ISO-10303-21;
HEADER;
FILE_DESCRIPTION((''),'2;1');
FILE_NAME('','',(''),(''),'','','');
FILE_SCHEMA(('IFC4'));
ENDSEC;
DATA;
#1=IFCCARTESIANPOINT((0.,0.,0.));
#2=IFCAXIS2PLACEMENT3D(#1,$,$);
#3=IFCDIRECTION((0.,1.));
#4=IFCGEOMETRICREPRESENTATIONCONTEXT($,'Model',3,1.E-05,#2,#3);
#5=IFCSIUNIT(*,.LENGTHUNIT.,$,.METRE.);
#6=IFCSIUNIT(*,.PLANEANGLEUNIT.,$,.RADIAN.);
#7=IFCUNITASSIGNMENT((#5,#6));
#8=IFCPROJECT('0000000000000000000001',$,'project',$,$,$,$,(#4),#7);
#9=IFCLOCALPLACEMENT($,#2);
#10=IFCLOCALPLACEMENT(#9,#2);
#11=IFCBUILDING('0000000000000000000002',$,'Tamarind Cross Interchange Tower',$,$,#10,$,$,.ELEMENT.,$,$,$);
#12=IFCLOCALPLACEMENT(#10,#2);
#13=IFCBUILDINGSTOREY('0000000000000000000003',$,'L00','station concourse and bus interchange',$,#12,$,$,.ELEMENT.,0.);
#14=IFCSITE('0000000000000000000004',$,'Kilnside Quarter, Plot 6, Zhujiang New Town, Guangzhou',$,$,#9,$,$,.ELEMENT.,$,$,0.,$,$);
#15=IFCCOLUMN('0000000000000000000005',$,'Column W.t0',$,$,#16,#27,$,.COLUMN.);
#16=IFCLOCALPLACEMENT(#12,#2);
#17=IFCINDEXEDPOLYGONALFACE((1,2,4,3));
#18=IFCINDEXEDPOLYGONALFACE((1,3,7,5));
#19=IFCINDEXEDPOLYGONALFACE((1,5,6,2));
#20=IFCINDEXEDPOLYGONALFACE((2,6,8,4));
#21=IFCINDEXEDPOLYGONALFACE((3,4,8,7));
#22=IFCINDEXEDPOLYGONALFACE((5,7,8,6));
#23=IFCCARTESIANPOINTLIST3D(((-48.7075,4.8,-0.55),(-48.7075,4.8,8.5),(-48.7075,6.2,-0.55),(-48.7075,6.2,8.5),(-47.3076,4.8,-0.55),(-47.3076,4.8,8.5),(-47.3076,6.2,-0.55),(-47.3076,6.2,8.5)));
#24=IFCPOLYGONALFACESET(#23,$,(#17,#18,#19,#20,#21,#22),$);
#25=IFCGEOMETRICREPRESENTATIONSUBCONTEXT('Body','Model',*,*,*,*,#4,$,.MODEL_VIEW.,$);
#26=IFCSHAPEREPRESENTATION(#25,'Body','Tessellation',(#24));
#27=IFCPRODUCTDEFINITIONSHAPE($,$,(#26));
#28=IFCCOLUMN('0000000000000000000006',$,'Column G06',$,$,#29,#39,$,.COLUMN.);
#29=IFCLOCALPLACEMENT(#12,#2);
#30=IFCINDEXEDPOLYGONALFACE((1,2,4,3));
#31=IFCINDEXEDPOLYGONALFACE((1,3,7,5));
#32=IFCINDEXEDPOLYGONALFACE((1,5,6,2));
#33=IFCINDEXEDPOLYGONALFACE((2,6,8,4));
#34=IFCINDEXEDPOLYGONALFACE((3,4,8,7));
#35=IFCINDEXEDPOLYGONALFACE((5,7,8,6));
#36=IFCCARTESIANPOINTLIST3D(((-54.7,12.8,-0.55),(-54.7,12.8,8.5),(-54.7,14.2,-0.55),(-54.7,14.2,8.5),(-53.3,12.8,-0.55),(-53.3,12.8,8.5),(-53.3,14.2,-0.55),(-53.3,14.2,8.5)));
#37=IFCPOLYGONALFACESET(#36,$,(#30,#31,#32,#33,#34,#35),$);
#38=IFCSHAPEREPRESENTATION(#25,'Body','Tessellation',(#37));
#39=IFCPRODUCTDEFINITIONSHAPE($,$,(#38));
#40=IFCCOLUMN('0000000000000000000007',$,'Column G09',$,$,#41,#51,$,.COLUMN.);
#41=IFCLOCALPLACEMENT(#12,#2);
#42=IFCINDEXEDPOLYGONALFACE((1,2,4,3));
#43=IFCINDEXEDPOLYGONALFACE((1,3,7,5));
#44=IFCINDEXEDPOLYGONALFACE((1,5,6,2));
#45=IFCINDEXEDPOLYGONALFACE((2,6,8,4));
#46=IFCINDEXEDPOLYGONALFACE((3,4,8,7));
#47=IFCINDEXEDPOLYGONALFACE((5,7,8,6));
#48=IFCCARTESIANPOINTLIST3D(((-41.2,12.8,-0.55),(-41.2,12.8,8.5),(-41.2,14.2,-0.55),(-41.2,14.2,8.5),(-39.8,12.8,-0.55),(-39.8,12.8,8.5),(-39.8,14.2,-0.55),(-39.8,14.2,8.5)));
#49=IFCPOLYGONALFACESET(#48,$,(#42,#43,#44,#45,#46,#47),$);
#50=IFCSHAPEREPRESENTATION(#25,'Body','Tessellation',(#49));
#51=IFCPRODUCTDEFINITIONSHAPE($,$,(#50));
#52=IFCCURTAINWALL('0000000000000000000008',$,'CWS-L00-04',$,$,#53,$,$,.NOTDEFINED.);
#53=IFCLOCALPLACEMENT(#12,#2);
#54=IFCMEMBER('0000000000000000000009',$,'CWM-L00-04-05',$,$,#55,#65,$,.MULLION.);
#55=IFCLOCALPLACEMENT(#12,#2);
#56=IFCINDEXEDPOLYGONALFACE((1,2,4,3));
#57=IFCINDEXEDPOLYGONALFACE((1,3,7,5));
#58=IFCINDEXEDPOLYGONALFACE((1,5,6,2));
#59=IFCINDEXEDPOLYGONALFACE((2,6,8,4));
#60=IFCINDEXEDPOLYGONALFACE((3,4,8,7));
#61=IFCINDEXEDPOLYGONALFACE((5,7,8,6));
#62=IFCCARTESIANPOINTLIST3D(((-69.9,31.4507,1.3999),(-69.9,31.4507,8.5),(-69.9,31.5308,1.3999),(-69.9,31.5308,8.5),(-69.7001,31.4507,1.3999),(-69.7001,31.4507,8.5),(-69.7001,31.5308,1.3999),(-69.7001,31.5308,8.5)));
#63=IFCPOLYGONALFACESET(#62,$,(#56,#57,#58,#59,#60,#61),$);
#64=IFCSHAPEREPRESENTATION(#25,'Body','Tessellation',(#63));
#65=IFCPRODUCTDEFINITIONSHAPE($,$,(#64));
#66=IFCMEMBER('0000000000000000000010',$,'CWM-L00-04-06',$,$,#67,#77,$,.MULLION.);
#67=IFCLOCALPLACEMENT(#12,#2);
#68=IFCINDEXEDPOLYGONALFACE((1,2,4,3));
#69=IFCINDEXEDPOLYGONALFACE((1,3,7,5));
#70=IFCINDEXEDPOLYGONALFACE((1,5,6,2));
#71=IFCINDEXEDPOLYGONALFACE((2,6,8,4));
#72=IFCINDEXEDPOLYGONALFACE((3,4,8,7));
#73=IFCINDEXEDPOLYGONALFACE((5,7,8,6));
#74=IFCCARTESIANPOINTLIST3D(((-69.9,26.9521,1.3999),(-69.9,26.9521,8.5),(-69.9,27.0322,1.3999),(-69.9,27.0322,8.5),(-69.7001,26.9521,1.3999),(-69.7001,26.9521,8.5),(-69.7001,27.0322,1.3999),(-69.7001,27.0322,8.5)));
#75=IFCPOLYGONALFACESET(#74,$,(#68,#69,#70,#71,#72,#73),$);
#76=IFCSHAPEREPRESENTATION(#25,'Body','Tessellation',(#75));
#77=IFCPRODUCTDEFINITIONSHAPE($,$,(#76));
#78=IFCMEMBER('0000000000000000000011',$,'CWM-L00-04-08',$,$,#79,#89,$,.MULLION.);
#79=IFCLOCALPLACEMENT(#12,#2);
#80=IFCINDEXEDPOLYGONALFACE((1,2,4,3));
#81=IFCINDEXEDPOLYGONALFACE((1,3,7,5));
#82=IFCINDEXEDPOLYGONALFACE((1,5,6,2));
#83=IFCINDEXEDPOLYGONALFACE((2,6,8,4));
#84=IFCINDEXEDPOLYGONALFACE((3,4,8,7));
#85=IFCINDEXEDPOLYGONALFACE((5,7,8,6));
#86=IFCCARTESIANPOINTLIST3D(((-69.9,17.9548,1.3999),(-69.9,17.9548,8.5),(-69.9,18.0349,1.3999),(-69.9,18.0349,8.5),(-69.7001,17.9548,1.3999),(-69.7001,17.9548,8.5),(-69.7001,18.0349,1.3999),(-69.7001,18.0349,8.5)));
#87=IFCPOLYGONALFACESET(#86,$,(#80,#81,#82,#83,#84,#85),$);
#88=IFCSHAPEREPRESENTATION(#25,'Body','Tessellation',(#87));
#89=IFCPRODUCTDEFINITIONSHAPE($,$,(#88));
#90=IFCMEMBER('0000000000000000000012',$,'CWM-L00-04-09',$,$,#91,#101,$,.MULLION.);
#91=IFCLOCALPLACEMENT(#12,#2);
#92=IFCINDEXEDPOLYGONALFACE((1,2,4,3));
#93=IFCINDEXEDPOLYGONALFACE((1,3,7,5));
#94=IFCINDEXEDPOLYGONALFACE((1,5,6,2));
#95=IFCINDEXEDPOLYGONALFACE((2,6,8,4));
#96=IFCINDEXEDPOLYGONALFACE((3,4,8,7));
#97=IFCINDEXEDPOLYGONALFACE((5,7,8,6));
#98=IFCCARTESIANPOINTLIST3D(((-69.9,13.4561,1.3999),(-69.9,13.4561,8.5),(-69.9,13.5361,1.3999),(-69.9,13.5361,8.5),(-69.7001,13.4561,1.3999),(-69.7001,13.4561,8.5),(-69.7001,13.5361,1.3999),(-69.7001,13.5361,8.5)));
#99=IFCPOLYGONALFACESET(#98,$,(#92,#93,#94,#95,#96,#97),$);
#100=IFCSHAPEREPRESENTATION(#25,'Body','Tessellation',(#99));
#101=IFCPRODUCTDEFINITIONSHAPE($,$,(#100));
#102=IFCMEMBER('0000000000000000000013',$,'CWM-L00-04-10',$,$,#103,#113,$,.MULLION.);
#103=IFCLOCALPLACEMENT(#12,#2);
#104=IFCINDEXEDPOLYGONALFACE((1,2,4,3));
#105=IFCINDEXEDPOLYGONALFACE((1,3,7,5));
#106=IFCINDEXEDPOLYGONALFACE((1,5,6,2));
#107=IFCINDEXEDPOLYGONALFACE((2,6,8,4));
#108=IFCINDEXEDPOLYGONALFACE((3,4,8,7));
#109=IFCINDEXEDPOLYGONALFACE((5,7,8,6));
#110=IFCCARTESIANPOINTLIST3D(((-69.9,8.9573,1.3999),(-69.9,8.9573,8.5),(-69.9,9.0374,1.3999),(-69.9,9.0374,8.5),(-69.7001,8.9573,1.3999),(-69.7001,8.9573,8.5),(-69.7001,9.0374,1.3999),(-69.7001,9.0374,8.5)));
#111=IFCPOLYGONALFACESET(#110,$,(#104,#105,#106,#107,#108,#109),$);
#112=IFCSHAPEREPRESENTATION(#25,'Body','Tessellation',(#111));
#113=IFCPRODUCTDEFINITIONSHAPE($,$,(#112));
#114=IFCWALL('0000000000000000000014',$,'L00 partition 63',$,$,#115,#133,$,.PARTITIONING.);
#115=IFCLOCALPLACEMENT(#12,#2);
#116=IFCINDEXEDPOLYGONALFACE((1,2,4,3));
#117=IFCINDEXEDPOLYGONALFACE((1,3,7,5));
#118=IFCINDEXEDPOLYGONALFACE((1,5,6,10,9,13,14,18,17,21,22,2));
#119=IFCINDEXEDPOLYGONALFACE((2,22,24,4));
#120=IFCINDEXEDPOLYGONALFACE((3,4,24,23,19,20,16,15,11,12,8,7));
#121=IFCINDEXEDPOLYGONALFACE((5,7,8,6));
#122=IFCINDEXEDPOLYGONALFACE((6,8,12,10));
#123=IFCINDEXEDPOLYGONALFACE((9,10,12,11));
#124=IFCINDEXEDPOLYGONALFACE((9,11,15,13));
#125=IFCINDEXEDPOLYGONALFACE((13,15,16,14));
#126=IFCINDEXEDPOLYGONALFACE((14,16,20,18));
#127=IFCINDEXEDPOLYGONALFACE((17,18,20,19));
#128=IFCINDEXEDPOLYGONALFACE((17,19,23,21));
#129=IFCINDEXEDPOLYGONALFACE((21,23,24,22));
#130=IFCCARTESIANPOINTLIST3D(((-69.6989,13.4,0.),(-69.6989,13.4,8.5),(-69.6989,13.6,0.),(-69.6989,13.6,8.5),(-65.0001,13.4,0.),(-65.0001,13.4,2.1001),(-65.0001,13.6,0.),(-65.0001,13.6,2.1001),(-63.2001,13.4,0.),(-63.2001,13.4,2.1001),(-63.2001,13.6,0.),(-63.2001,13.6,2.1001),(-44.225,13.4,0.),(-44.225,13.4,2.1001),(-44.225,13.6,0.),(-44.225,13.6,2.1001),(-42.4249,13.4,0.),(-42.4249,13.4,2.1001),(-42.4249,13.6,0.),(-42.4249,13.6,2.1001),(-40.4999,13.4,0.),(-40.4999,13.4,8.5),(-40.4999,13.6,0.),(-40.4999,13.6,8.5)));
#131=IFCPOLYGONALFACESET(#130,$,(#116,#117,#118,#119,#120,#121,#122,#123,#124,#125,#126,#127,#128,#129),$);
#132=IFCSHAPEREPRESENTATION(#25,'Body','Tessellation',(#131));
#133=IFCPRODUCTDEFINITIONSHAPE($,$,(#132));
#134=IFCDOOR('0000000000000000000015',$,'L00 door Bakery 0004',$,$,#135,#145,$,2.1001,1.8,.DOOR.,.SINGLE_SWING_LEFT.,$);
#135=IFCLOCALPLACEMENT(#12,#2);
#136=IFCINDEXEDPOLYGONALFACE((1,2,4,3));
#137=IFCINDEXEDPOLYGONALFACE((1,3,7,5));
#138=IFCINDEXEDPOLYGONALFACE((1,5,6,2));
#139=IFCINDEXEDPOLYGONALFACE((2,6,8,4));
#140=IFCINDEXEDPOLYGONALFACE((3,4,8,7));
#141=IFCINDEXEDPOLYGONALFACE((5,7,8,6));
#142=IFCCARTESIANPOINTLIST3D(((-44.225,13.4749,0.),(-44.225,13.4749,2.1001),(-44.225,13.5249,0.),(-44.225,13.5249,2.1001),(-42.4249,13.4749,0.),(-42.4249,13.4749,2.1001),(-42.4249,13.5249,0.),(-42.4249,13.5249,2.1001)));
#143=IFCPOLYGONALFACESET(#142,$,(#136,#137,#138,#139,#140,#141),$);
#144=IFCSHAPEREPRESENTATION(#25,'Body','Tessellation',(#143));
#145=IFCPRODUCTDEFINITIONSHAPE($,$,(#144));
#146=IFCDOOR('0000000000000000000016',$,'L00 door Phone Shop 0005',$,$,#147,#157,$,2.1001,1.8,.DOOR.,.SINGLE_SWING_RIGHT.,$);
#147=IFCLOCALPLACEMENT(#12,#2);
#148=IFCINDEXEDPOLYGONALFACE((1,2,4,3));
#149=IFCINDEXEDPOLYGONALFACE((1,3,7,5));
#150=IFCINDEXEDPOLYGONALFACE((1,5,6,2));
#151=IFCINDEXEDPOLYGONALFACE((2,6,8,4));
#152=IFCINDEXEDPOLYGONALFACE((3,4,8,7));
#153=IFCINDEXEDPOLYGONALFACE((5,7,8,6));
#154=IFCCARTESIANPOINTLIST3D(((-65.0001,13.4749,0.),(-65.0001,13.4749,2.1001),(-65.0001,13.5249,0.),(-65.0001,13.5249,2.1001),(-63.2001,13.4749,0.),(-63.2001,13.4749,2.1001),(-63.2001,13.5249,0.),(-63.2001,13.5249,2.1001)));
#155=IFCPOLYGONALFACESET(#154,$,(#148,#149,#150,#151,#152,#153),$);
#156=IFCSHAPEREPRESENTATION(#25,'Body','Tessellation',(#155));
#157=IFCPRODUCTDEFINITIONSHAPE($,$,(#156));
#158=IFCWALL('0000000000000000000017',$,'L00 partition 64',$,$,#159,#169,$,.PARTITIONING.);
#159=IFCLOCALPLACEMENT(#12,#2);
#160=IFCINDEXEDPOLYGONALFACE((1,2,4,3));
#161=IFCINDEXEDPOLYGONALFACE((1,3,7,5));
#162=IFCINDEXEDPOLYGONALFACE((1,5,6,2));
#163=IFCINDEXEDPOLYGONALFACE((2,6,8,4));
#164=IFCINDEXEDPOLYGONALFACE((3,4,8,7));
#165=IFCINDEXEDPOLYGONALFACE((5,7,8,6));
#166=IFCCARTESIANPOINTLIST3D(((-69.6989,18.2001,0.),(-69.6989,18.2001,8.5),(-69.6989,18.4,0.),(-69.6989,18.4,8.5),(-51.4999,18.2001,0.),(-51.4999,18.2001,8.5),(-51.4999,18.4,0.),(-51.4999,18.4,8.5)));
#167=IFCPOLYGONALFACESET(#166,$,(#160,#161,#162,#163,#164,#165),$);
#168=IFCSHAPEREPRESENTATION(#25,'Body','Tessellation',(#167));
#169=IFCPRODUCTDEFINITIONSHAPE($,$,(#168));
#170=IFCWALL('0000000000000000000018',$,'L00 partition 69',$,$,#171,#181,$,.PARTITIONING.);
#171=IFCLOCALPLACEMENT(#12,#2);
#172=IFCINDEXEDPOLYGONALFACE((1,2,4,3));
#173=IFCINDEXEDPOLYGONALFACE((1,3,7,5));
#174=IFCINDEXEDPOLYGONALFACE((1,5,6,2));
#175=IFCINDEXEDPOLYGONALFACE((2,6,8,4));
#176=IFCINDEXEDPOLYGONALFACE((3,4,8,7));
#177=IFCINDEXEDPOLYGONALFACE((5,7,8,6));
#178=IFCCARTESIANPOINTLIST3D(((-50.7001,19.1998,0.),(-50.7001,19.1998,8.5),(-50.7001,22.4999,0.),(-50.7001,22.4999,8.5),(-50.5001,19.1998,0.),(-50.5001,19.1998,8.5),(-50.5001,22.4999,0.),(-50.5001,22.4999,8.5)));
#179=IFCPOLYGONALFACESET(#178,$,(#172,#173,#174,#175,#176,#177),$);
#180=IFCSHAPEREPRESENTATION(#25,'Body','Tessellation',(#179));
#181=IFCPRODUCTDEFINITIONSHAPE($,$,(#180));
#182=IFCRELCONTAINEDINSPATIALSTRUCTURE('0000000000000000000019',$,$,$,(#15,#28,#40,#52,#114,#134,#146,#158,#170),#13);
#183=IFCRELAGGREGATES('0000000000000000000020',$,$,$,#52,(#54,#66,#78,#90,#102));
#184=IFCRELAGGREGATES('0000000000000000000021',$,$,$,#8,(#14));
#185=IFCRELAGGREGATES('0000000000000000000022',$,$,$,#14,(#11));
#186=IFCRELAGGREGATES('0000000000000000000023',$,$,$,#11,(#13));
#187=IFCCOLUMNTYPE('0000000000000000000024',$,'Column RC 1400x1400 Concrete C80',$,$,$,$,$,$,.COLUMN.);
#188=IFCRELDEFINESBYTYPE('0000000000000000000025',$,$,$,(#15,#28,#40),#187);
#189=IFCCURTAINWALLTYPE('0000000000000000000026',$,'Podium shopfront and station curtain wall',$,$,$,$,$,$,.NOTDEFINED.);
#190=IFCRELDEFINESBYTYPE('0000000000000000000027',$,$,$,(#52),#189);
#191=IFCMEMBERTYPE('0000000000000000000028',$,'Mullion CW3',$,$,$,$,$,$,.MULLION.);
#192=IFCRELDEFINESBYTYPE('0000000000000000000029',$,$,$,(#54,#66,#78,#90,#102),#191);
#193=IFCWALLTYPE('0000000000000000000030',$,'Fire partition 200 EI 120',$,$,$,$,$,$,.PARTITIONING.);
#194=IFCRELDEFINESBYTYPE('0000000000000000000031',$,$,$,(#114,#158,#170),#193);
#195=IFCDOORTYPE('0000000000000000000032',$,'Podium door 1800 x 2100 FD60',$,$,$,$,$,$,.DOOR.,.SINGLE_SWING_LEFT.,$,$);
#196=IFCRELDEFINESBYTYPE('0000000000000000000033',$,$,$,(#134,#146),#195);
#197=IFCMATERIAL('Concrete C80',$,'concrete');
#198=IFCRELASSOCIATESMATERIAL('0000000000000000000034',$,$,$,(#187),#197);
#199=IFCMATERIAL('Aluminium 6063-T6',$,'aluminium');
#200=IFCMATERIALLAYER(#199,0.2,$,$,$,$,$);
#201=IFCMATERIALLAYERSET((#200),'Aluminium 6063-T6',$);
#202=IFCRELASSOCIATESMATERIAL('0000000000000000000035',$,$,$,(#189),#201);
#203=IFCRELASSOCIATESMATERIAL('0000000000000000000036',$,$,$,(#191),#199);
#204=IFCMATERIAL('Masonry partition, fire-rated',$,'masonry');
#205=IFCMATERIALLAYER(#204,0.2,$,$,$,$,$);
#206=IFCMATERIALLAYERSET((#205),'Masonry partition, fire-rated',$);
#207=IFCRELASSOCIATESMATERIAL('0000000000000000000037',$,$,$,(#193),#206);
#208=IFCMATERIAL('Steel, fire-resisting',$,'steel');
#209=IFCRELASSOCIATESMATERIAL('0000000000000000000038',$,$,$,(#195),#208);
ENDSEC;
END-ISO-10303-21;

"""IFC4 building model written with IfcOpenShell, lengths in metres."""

from ifc_helpers import new_model, si_unit, direction, frame, frame_2d, origin, origin_2d, place, context, subcontext, project, spatial, rectangle, extrude, material, layer, layer_set, material_profile, profile_set, type_object, element, fill, aggregate, save


model = new_model("IFC4")

# Units and contexts
model_context = context("Model", 3, precision=1e-05, world=origin(), true_north=direction((0.0, 1.0)))
body_context = subcontext(model_context, "Body", "Model", "MODEL_VIEW")
ifc_project = project(units=[si_unit("LENGTHUNIT", "METRE"), si_unit("PLANEANGLEUNIT", "RADIAN")], contexts=[model_context])

# Site, building, storey
site_placement = place(None, origin())
site = spatial("IfcSite", under=ifc_project, at=site_placement, Name="Kilnside Quarter, Plot 6, Zhujiang New Town, Guangzhou", CompositionType="ELEMENT", RefElevation=0.0)
building_placement = place(site_placement, origin())
building = spatial("IfcBuilding", under=site, at=building_placement, Name="Tamarind Cross Interchange Tower", CompositionType="ELEMENT")
storey_placement = place(building_placement, origin())
storey = spatial("IfcBuildingStorey", under=building, at=storey_placement, Name="L00", Description="station concourse and bus interchange", CompositionType="ELEMENT", Elevation=0.0)

# Columns
ifc_material_1 = material(Name="Concrete C80", Category="concrete")
ifc_material_profile_1 = material_profile(ifc_material_1, rectangle(XDim=1.3999, YDim=1.3999, at=origin_2d()), Name="RC 1400x1400")
ifc_profile_set_1 = profile_set([ifc_material_profile_1], Name="Concrete C80")
column_type = type_object("IfcColumnType", Name="Column RC 1400x1400 Concrete C80", PredefinedType="COLUMN", material=ifc_profile_set_1)
for number, where, z_axis, x_axis, name in (
    (1, (-48.0076, 5.5, -0.55), (0.0, 0.0, 1.0), (1.0, 0.0, 0.0), "Column W.t0"),
    (2, (-54.0, 13.5, -0.55), (0.0, 0.0, 1.0), (1.0, 0.0, 0.0), "Column G06"),
    (3, (-40.5, 13.5, -0.55), (0.0, 0.0, 1.0), (1.0, 0.0, 0.0), "Column G09"),
):
    element("IfcColumn", number, at=place(storey_placement, frame(where, z_axis=z_axis, x_axis=x_axis)), inside=storey, type_object=column_type, Name=name, PredefinedType="COLUMN", context=body_context, shape_type="SweptSolid", body=[
        extrude(rectangle(XDim=1.3999, YDim=1.3999, at=origin_2d()), origin(), (0.0, 0.0, 1.0), 9.05),
    ])

# Curtain wall, members
ifc_material_2 = material(Name="Aluminium 6063-T6", Category="aluminium")
ifc_layer_1 = layer(ifc_material_2, 0.2)
ifc_layer_set_1 = layer_set([ifc_layer_1], Name="Aluminium 6063-T6")
curtain_wall_type = type_object("IfcCurtainWallType", Name="Podium shopfront and station curtain wall", PredefinedType="NOTDEFINED", material=ifc_layer_set_1)
curtain_wall_placement = place(storey_placement, origin())
curtain_wall = element("IfcCurtainWall", 4, at=curtain_wall_placement, inside=storey, type_object=curtain_wall_type, Name="CWS-L00-04", PredefinedType="NOTDEFINED")
ifc_material_profile_2 = material_profile(ifc_material_2, rectangle(XDim=0.0801, YDim=0.2, at=origin_2d()), Name="Mullion CW3")
ifc_profile_set_2 = profile_set([ifc_material_profile_2], Name="Aluminium 6063-T6")
member_type = type_object("IfcMemberType", Name="Mullion CW3", PredefinedType="MULLION", material=ifc_profile_set_2)
member_1_placement = place(storey_placement, frame((-69.8, 31.4907, 1.3999), z_axis=(0.0, 0.0, 1.0), x_axis=(0.0, -1.0, 0.0)))
member_1 = element("IfcMember", 5, at=member_1_placement, type_object=member_type, Name="CWM-L00-04-05", PredefinedType="MULLION", context=body_context, shape_type="SweptSolid", body=[
    extrude(rectangle(XDim=0.0801, YDim=0.2, at=origin_2d()), origin(), (0.0, 0.0, 1.0), 7.1001),
])
member_2_placement = place(storey_placement, frame((-69.8, 26.9922, 1.3999), z_axis=(0.0, 0.0, 1.0), x_axis=(0.0, -1.0, 0.0)))
member_2 = element("IfcMember", 6, at=member_2_placement, type_object=member_type, Name="CWM-L00-04-06", PredefinedType="MULLION", context=body_context, shape_type="SweptSolid", body=[
    extrude(rectangle(XDim=0.0801, YDim=0.2, at=origin_2d()), origin(), (0.0, 0.0, 1.0), 7.1001),
])
member_3_placement = place(storey_placement, frame((-69.8, 17.9949, 1.3999), z_axis=(0.0, 0.0, 1.0), x_axis=(0.0, -1.0, 0.0)))
member_3 = element("IfcMember", 7, at=member_3_placement, type_object=member_type, Name="CWM-L00-04-08", PredefinedType="MULLION", context=body_context, shape_type="SweptSolid", body=[
    extrude(rectangle(XDim=0.0801, YDim=0.2, at=origin_2d()), origin(), (0.0, 0.0, 1.0), 7.1001),
])
member_4_placement = place(storey_placement, frame((-69.8, 13.4961, 1.3999), z_axis=(0.0, 0.0, 1.0), x_axis=(0.0, -1.0, 0.0)))
member_4 = element("IfcMember", 8, at=member_4_placement, type_object=member_type, Name="CWM-L00-04-09", PredefinedType="MULLION", context=body_context, shape_type="SweptSolid", body=[
    extrude(rectangle(XDim=0.0801, YDim=0.2, at=origin_2d()), origin(), (0.0, 0.0, 1.0), 7.1001),
])
member_5_placement = place(storey_placement, frame((-69.8, 8.9973, 1.3999), z_axis=(0.0, 0.0, 1.0), x_axis=(0.0, -1.0, 0.0)))
member_5 = element("IfcMember", 9, at=member_5_placement, type_object=member_type, Name="CWM-L00-04-10", PredefinedType="MULLION", context=body_context, shape_type="SweptSolid", body=[
    extrude(rectangle(XDim=0.0801, YDim=0.2, at=origin_2d()), origin(), (0.0, 0.0, 1.0), 7.1001),
])
aggregate(curtain_wall, [member_1, member_2, member_3, member_4, member_5])

# Wall, openings, doors
ifc_material_3 = material(Name="Masonry partition, fire-rated", Category="masonry")
ifc_layer_2 = layer(ifc_material_3, 0.2)
ifc_layer_set_2 = layer_set([ifc_layer_2], Name="Masonry partition, fire-rated")
wall_type_1 = type_object("IfcWallType", Name="Fire partition 200 EI 120", PredefinedType="PARTITIONING", material=ifc_layer_set_2)
wall_1_placement = place(storey_placement, frame((-69.699, 13.5, 0.0), z_axis=(0.0, 0.0, 1.0), x_axis=(1.0, 0.0, 0.0)))
wall_1 = element("IfcWall", 10, at=wall_1_placement, inside=storey, type_object=wall_type_1, Name="L00 partition 63", PredefinedType="PARTITIONING", context=body_context, shape_type="SweptSolid", body=[
    extrude(rectangle(XDim=29.199, YDim=0.2, at=frame_2d((14.5996, 0.0))), origin(), (0.0, 0.0, 1.0), 8.5),
])
opening_1_placement = place(wall_1_placement, frame((25.4741, 0.0, 0.0)))
opening_1 = element("IfcOpeningElement", 11, at=opening_1_placement, cuts=wall_1, PredefinedType="OPENING", context=body_context, shape_type="SweptSolid", body=[
    extrude(rectangle(XDim=1.8, YDim=2.1001, at=frame_2d((0.8999, 1.05))), frame((0.0, 0.1099, 0.0), z_axis=(0.0, -1.0, 0.0), x_axis=(1.0, 0.0, 0.0)), (0.0, 0.0, 1.0), 0.22),
])
opening_2_placement = place(wall_1_placement, frame((4.699, 0.0, 0.0)))
opening_2 = element("IfcOpeningElement", 12, at=opening_2_placement, cuts=wall_1, PredefinedType="OPENING", context=body_context, shape_type="SweptSolid", body=[
    extrude(rectangle(XDim=1.8, YDim=2.1001, at=frame_2d((0.8999, 1.05))), frame((0.0, 0.1099, 0.0), z_axis=(0.0, -1.0, 0.0), x_axis=(1.0, 0.0, 0.0)), (0.0, 0.0, 1.0), 0.22),
])
ifc_material_4 = material(Name="Steel, fire-resisting", Category="steel")
door_type_1 = type_object("IfcDoorType", Name="Podium door 1800 x 2100 FD60", OperationType="SINGLE_SWING_LEFT", PredefinedType="DOOR", material=ifc_material_4)
door_1_placement = place(opening_1_placement, origin())
door_1 = element("IfcDoor", 13, at=door_1_placement, inside=storey, type_object=door_type_1, Name="L00 door Bakery 0004", OperationType="SINGLE_SWING_LEFT", OverallHeight=2.1001, OverallWidth=1.8, PredefinedType="DOOR", context=body_context, shape_type="SweptSolid", body=[
    extrude(rectangle(XDim=1.8, YDim=2.1001, at=frame_2d((0.8999, 1.05))), frame((0.0, 0.0249, 0.0), z_axis=(0.0, -1.0, 0.0), x_axis=(1.0, 0.0, 0.0)), (0.0, 0.0, 1.0), 0.05),
])
fill(opening_1, door_1)
door_2_placement = place(opening_2_placement, origin())
door_2 = element("IfcDoor", 14, at=door_2_placement, inside=storey, type_object=door_type_1, Name="L00 door Phone Shop 0005", OperationType="SINGLE_SWING_RIGHT", OverallHeight=2.1001, OverallWidth=1.8, PredefinedType="DOOR", context=body_context, shape_type="SweptSolid", body=[
    extrude(rectangle(XDim=1.8, YDim=2.1001, at=frame_2d((0.8999, 1.05))), frame((0.0, 0.0249, 0.0), z_axis=(0.0, -1.0, 0.0), x_axis=(1.0, 0.0, 0.0)), (0.0, 0.0, 1.0), 0.05),
])
fill(opening_2, door_2)

# Walls
wall_2_placement = place(storey_placement, frame((-69.699, 18.3, 0.0), z_axis=(0.0, 0.0, 1.0), x_axis=(1.0, 0.0, 0.0)))
element("IfcWall", 15, at=wall_2_placement, inside=storey, type_object=wall_type_1, Name="L00 partition 64", PredefinedType="PARTITIONING", context=body_context, shape_type="SweptSolid", body=[
    extrude(rectangle(XDim=18.199, YDim=0.2, at=frame_2d((9.0996, 0.0))), origin(), (0.0, 0.0, 1.0), 8.5),
])
wall_3_placement = place(storey_placement, frame((-50.6001, 19.2, 0.0), z_axis=(0.0, 0.0, 1.0), x_axis=(0.0, 1.0, 0.0)))
element("IfcWall", 16, at=wall_3_placement, inside=storey, type_object=wall_type_1, Name="L00 partition 69", PredefinedType="PARTITIONING", context=body_context, shape_type="SweptSolid", body=[
    extrude(rectangle(XDim=3.3, YDim=0.2, at=frame_2d((1.6499, 0.0))), origin(), (0.0, 0.0, 1.0), 8.5),
])

save(model, "model.ifc")
